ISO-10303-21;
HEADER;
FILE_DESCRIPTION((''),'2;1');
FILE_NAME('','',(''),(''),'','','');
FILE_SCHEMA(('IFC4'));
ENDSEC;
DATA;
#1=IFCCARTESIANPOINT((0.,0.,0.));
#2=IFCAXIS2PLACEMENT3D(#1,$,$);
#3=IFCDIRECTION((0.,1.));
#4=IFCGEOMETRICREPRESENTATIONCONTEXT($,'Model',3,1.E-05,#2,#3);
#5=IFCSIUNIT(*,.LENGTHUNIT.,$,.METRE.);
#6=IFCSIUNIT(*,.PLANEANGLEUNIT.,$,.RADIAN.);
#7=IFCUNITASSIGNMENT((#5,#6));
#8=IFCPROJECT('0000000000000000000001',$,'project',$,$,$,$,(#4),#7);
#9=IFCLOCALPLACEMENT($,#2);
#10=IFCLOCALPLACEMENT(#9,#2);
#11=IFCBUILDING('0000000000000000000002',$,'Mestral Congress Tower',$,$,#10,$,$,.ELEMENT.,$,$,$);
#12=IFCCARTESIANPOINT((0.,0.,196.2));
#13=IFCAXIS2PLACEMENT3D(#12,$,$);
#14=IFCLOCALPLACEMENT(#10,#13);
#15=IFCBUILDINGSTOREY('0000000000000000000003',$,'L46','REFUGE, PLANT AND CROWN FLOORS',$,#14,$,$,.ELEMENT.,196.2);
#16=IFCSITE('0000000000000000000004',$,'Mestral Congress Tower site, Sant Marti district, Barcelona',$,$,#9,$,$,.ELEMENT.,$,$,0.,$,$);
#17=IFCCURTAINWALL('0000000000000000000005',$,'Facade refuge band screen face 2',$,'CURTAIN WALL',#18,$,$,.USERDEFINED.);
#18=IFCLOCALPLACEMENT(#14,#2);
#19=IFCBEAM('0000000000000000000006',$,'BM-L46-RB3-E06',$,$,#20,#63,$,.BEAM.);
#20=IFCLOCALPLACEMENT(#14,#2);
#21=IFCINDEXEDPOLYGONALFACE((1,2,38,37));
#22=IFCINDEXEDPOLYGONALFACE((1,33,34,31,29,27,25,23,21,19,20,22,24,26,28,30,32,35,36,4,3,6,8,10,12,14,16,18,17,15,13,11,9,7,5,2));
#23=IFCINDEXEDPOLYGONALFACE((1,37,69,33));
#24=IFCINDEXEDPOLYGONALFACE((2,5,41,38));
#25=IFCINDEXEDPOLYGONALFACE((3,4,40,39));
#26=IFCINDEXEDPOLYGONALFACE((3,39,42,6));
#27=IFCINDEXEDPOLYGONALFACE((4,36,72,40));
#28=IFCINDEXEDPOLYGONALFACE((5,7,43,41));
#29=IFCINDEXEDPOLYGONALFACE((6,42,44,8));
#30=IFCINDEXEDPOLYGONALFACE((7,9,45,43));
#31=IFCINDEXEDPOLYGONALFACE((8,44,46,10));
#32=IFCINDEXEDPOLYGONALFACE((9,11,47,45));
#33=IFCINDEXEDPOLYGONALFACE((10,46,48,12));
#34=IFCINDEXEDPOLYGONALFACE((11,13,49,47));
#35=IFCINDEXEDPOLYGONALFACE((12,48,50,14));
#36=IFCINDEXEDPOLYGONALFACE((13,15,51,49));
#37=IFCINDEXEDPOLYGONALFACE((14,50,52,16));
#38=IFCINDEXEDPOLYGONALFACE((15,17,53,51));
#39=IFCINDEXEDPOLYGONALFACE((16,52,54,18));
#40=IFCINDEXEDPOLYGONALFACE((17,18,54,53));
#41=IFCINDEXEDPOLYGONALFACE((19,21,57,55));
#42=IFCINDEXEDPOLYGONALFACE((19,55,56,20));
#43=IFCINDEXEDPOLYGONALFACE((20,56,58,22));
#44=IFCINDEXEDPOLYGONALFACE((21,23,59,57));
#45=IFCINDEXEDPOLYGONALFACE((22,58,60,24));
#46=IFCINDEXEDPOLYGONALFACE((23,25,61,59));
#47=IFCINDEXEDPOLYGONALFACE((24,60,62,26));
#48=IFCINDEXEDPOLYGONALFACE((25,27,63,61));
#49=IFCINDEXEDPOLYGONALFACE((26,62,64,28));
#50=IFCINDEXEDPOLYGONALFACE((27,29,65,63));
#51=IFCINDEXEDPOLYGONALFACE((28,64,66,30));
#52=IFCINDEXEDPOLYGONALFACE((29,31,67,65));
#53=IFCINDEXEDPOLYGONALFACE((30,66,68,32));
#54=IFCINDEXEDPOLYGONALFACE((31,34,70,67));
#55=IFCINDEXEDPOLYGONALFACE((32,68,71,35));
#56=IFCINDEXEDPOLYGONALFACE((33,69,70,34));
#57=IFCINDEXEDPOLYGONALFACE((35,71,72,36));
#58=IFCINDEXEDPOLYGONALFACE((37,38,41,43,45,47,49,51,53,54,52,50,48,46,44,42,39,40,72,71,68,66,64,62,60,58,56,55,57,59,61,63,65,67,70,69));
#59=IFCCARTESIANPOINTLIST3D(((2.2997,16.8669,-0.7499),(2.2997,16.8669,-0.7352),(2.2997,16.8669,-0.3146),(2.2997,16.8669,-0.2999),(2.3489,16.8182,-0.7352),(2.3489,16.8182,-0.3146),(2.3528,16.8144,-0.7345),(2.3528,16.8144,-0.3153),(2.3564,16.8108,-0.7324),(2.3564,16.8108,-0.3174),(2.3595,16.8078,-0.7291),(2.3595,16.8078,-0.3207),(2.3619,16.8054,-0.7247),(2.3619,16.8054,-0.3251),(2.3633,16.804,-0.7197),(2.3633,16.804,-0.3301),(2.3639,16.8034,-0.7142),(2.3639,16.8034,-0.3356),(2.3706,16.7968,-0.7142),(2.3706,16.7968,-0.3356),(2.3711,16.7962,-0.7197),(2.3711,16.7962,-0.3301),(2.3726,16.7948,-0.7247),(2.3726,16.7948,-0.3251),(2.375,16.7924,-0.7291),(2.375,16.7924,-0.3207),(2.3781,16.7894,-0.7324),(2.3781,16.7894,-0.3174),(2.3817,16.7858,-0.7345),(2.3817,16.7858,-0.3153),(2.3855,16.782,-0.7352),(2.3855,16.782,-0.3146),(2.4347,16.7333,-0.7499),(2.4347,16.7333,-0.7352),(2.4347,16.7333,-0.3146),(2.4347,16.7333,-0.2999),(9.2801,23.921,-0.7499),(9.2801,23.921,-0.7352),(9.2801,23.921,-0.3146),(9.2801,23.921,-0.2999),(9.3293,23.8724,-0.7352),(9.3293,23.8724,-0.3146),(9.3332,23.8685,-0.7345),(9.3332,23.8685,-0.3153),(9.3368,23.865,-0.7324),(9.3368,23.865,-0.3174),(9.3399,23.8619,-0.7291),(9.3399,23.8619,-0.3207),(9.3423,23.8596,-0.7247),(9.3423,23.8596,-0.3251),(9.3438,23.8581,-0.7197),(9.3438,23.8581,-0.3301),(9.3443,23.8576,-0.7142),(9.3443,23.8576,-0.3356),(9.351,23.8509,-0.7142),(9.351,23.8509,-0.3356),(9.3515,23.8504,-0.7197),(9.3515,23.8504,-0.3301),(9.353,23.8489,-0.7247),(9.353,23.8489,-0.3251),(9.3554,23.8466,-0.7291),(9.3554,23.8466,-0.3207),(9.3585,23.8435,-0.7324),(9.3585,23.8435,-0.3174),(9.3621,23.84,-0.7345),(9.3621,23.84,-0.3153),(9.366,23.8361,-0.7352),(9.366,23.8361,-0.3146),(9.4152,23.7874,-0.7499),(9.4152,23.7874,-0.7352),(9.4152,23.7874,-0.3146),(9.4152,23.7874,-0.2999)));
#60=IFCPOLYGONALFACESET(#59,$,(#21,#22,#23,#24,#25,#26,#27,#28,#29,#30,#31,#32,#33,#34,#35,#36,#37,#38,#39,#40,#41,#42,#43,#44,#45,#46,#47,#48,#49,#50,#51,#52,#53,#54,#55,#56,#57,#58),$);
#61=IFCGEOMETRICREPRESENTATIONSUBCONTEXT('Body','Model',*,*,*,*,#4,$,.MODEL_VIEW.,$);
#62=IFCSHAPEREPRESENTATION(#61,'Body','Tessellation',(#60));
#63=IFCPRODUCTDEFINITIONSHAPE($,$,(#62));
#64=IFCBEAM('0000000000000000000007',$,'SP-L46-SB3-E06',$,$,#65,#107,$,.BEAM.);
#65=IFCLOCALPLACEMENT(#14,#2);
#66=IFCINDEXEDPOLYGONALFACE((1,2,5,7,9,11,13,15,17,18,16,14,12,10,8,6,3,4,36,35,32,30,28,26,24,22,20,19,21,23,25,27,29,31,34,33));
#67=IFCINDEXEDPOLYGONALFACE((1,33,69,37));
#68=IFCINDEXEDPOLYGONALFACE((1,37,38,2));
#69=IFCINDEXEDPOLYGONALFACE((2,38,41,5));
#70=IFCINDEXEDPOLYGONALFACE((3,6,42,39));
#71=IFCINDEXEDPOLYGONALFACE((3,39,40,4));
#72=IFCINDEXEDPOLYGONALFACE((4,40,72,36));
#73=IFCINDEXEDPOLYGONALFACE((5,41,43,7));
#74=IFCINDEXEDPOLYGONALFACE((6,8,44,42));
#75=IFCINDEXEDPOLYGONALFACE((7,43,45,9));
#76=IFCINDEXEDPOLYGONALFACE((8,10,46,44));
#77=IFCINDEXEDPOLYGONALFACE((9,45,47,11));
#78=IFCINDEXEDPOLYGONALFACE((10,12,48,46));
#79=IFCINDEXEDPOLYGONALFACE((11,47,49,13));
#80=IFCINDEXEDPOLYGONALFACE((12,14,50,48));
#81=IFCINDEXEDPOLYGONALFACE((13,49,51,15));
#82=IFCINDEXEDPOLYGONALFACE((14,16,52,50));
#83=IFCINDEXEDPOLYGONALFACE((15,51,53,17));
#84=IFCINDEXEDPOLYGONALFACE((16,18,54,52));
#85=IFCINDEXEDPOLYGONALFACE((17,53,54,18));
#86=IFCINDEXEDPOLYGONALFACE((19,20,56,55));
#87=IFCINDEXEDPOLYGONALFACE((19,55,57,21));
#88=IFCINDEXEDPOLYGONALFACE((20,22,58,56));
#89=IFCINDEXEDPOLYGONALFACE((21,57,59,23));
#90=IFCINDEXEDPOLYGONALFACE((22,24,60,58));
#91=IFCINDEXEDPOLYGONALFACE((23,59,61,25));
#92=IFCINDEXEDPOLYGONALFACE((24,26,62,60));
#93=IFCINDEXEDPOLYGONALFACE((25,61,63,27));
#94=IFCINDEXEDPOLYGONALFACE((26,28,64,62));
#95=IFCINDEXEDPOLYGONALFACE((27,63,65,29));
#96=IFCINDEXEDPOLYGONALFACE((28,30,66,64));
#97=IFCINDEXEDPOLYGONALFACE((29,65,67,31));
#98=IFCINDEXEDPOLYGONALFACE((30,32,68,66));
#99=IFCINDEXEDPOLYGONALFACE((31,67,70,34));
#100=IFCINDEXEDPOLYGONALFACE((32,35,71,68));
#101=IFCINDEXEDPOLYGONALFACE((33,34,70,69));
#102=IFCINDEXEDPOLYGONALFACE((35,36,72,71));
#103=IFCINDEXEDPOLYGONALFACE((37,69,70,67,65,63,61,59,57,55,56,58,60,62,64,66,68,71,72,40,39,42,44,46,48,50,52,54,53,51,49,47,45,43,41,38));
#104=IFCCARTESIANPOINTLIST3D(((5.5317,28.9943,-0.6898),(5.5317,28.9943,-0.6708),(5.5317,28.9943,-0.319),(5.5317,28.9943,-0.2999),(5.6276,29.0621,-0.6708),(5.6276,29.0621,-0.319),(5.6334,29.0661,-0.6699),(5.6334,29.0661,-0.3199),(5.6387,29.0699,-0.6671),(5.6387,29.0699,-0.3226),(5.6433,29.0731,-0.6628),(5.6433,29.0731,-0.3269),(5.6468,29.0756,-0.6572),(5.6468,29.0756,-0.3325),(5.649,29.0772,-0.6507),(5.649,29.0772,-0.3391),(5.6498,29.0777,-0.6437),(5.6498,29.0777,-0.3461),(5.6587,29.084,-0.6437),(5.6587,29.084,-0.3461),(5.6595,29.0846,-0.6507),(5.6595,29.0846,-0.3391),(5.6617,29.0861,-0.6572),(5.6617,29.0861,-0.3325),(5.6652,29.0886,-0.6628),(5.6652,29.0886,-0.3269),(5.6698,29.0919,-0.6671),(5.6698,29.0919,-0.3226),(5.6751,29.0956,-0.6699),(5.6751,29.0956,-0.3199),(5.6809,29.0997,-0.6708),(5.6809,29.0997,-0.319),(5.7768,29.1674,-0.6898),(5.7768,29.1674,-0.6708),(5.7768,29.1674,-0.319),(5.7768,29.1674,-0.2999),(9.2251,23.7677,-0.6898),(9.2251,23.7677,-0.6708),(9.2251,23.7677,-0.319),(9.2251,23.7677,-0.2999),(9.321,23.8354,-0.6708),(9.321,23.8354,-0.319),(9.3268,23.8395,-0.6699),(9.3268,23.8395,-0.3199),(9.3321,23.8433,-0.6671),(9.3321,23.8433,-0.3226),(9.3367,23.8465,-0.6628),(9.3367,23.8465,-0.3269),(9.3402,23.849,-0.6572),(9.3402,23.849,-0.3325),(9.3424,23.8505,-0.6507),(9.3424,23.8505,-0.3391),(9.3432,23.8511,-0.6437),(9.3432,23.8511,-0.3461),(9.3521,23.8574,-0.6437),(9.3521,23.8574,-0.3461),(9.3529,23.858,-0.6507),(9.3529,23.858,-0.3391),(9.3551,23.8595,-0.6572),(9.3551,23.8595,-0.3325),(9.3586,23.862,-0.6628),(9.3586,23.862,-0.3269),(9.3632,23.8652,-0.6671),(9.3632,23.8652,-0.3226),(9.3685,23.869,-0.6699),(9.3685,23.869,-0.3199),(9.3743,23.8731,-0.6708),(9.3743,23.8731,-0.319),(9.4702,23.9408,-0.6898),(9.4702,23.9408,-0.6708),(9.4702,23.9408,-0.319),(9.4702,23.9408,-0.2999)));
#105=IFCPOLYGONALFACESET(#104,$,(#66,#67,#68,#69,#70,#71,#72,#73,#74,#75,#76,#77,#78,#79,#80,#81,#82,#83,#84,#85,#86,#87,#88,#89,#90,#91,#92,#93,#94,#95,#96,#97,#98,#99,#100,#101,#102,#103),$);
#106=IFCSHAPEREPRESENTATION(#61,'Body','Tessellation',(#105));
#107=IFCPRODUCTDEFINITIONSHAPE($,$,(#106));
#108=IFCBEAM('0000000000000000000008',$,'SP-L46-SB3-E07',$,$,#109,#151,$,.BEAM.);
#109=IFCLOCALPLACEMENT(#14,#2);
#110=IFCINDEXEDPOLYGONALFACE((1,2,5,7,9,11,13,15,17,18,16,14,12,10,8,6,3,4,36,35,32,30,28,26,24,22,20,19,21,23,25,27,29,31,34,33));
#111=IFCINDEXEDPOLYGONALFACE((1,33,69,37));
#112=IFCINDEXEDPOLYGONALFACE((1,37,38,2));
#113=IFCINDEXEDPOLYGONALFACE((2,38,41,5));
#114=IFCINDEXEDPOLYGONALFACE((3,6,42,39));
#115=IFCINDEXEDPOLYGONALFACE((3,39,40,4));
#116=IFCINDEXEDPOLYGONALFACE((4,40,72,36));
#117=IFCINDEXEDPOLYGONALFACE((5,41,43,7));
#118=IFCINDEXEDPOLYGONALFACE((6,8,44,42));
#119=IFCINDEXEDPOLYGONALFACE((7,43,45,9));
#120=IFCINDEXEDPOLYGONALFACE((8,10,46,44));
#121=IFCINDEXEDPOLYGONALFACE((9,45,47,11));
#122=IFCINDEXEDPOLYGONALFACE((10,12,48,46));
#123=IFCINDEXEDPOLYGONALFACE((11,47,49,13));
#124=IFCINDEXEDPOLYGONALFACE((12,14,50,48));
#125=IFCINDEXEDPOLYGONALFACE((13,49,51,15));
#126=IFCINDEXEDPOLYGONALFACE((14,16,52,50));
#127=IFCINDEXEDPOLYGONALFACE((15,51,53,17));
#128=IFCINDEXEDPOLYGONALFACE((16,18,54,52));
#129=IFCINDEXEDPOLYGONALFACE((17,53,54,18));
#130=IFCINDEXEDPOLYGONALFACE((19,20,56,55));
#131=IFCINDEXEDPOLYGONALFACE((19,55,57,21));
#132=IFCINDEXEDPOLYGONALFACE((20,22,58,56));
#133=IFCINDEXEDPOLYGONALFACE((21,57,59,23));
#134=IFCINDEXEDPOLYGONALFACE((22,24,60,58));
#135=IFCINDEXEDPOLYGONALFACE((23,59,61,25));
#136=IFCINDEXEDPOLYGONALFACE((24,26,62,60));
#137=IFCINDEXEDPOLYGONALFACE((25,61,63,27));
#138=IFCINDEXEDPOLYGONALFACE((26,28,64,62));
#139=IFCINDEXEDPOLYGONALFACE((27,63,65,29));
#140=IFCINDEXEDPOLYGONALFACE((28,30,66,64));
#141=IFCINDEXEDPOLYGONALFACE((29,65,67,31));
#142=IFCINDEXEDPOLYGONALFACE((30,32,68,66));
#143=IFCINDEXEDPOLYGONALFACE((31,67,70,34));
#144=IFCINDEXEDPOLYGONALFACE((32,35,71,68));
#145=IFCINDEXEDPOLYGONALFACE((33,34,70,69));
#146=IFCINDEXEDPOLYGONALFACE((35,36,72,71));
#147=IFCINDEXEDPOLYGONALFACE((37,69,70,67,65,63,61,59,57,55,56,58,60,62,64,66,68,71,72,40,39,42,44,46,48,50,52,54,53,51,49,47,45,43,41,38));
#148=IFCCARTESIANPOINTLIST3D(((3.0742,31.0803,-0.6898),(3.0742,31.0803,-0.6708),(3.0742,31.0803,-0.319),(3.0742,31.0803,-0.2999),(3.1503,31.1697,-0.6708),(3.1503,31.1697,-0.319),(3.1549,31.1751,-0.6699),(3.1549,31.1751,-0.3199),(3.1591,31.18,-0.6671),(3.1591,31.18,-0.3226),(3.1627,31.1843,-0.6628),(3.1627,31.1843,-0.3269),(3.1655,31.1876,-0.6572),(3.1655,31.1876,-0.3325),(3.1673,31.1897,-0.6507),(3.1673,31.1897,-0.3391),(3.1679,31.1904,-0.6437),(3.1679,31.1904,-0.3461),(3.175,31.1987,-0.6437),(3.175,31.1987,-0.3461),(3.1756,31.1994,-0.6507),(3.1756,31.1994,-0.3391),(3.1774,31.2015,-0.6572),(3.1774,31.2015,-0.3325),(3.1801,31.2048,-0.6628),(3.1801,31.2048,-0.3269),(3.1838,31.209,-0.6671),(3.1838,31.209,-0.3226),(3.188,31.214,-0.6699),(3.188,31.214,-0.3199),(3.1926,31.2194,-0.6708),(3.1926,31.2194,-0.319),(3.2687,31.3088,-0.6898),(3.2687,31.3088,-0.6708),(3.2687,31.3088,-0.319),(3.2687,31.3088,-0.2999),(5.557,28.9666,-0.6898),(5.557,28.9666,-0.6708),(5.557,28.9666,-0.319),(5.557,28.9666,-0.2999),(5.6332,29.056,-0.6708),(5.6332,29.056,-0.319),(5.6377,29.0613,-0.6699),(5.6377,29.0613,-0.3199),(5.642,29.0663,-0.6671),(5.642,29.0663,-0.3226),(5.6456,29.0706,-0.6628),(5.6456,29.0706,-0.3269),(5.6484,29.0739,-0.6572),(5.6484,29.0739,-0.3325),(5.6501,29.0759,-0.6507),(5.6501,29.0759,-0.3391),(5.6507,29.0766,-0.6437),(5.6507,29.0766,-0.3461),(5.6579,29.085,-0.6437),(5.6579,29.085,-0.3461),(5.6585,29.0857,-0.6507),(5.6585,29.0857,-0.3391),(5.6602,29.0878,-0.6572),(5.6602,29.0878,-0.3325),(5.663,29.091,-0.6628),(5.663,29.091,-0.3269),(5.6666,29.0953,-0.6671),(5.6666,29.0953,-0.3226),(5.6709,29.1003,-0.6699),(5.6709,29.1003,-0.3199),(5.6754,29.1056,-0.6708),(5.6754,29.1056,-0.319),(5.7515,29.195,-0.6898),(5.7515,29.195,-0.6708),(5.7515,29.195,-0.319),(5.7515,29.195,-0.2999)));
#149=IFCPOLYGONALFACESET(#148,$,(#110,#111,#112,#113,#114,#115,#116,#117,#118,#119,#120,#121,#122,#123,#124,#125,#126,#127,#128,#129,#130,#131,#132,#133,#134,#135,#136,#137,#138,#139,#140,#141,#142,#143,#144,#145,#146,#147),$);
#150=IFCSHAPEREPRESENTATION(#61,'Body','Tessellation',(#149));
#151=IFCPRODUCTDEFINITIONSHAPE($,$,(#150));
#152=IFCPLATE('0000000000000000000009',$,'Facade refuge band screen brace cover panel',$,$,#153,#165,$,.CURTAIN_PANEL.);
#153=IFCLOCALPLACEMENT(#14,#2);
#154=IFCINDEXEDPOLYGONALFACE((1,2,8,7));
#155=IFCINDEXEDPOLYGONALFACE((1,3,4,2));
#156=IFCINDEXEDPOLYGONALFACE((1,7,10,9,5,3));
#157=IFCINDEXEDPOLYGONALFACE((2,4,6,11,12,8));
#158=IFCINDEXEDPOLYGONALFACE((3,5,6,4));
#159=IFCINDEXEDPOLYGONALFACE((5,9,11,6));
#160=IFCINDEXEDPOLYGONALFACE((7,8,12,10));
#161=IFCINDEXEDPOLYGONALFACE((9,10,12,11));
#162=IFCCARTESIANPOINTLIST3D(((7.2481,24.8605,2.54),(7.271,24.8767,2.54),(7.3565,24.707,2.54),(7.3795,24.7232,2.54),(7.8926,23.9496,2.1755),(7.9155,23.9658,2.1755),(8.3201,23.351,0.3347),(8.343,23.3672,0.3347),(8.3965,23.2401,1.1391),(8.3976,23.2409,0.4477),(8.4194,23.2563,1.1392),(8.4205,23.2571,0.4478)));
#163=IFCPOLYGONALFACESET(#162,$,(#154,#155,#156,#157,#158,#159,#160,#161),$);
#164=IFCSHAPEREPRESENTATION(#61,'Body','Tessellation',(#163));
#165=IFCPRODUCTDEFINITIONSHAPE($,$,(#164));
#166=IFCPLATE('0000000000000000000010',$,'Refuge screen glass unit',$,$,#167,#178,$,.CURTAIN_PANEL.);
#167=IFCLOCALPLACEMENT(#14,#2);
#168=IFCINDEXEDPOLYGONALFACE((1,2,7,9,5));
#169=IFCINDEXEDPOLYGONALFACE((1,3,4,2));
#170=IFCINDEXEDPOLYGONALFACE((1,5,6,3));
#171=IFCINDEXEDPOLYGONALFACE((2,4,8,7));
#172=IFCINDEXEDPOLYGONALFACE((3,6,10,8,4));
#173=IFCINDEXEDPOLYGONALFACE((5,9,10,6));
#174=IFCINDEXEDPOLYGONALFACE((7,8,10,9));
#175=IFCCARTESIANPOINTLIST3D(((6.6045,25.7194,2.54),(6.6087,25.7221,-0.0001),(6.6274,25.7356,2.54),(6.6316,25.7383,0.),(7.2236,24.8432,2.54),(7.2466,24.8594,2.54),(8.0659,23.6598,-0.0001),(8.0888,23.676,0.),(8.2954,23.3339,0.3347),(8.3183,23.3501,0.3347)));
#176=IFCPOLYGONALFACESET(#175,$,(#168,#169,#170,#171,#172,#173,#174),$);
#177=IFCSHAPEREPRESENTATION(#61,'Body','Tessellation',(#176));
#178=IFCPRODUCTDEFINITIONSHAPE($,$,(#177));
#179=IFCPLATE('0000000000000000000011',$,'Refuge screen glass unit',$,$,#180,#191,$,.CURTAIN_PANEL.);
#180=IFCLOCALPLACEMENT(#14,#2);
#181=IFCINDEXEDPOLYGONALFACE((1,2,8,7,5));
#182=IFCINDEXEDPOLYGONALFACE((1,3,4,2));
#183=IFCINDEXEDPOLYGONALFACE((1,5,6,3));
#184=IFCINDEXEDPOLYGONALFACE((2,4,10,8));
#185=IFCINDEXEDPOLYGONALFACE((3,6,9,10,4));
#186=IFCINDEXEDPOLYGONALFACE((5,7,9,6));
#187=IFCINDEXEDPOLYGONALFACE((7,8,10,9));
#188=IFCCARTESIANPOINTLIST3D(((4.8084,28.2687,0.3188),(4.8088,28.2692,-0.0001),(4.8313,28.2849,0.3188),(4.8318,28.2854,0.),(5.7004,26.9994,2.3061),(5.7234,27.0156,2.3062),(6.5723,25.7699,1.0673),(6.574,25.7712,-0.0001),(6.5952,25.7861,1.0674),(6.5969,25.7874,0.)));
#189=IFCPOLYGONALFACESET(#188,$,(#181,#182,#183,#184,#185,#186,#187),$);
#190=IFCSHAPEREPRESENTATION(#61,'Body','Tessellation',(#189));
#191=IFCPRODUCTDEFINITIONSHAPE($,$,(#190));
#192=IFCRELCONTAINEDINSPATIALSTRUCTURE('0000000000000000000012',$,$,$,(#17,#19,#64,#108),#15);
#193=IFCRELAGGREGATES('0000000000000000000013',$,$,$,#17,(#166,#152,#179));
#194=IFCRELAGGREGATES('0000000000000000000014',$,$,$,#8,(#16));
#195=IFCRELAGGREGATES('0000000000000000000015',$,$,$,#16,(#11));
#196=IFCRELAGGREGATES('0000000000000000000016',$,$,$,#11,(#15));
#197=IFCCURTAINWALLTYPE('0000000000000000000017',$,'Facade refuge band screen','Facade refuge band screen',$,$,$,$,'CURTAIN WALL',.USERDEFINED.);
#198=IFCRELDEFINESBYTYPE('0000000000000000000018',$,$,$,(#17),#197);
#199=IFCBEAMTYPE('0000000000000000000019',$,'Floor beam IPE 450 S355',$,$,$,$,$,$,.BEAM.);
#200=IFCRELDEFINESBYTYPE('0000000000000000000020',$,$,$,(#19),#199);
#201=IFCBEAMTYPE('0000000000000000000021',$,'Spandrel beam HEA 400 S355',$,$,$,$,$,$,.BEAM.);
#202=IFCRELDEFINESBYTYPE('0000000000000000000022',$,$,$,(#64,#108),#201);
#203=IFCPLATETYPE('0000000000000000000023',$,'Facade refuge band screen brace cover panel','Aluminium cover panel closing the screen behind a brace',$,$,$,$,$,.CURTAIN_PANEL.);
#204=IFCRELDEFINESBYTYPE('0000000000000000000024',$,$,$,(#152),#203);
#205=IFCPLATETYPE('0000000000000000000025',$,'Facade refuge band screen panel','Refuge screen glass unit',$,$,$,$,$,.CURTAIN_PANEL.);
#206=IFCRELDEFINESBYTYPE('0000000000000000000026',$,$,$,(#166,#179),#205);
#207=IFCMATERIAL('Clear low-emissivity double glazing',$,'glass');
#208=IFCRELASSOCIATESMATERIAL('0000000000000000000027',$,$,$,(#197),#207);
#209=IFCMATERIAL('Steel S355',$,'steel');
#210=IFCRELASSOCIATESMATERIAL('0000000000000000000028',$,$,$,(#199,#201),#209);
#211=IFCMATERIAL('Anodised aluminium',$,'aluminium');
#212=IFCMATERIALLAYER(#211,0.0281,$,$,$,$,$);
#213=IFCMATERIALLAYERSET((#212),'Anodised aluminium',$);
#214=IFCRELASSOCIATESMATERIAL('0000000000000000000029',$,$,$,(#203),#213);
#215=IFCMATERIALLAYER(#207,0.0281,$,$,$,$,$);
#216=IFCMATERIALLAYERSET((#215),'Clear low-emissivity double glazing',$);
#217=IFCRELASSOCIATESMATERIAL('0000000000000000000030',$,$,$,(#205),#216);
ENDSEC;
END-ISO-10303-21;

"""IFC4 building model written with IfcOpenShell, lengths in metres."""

from ifc_helpers import new_model, si_unit, direction, frame, origin, origin_2d, place, context, subcontext, project, spatial, polyline, i_section, outline, extrude, material, layer, layer_set, material_profile, profile_set, type_object, element, aggregate, save


model = new_model("IFC4")

# Units and contexts
model_context = context("Model", 3, precision=1e-05, world=origin(), true_north=direction((0.0, 1.0)))
body_context = subcontext(model_context, "Body", "Model", "MODEL_VIEW")
ifc_project = project(units=[si_unit("LENGTHUNIT", "METRE"), si_unit("PLANEANGLEUNIT", "RADIAN")], contexts=[model_context])

# Site, building, storey
site_placement = place(None, origin())
site = spatial("IfcSite", under=ifc_project, at=site_placement, Name="Mestral Congress Tower site, Sant Marti district, Barcelona", CompositionType="ELEMENT", RefElevation=0.0)
building_placement = place(site_placement, origin())
building = spatial("IfcBuilding", under=site, at=building_placement, Name="Mestral Congress Tower", CompositionType="ELEMENT")
storey_placement = place(building_placement, frame((0.0, 0.0, 196.2)))
storey = spatial("IfcBuildingStorey", under=building, at=storey_placement, Name="L46", Description="REFUGE, PLANT AND CROWN FLOORS", CompositionType="ELEMENT", Elevation=196.2)

# Shared definitions
ifc_material_1 = material(Name="Steel S355", Category="steel")

# Curtain wall
ifc_material_2 = material(Name="Clear low-emissivity double glazing", Category="glass")
curtain_wall_type = type_object("IfcCurtainWallType", Name="Facade refuge band screen", Description="Facade refuge band screen", ElementType="CURTAIN WALL", PredefinedType="USERDEFINED", material=ifc_material_2)
curtain_wall_placement = place(storey_placement, origin())
curtain_wall = element("IfcCurtainWall", 1, at=curtain_wall_placement, inside=storey, type_object=curtain_wall_type, Name="Facade refuge band screen face 2", ObjectType="CURTAIN WALL", PredefinedType="USERDEFINED")
ifc_material_3 = material(Name="Anodised aluminium", Category="aluminium")

# Beams
ifc_material_profile_1 = material_profile(ifc_material_1, i_section(OverallWidth=0.1899, OverallDepth=0.45, WebThickness=0.0095, FlangeThickness=0.0146, FilletRadius=0.021, at=origin_2d()), Name="IPE 450")
ifc_profile_set_1 = profile_set([ifc_material_profile_1], Name="Steel S355")
beam_type_1 = type_object("IfcBeamType", Name="Floor beam IPE 450 S355", PredefinedType="BEAM", material=ifc_profile_set_1)
beam_1_placement = place(storey_placement, frame((9.3477, 23.8542, -0.5249), z_axis=(-0.703382, -0.710812, 0.0), x_axis=(0.710812, -0.703382, 0.0)))
element("IfcBeam", 2, at=beam_1_placement, inside=storey, type_object=beam_type_1, Name="BM-L46-RB3-E06", PredefinedType="BEAM", context=body_context, shape_type="SweptSolid", body=[
    extrude(i_section(OverallWidth=0.1899, OverallDepth=0.45, WebThickness=0.0095, FlangeThickness=0.0146, FilletRadius=0.021, at=origin_2d()), origin(), (0.0, 0.0, 1.0), 9.9241),
])
ifc_material_profile_2 = material_profile(ifc_material_1, i_section(OverallWidth=0.3, OverallDepth=0.3899, WebThickness=0.011, FlangeThickness=0.019, FilletRadius=0.0271, at=origin_2d()), Name="HEA 400")
ifc_profile_set_2 = profile_set([ifc_material_profile_2], Name="Steel S355")
beam_type_2 = type_object("IfcBeamType", Name="Spandrel beam HEA 400 S355", PredefinedType="BEAM", material=ifc_profile_set_2)
beam_2_placement = place(storey_placement, frame((9.3477, 23.8542, -0.4949), z_axis=(-0.577102, 0.816672, 0.0), x_axis=(-0.816672, -0.577102, 0.0)))
element("IfcBeam", 3, at=beam_2_placement, inside=storey, type_object=beam_type_2, Name="SP-L46-SB3-E06", PredefinedType="BEAM", context=body_context, shape_type="SweptSolid", body=[
    extrude(i_section(OverallWidth=0.3, OverallDepth=0.3899, WebThickness=0.011, FlangeThickness=0.019, FilletRadius=0.0271, at=origin_2d()), origin(), (0.0, 0.0, 1.0), 6.3999),
])
beam_3_placement = place(storey_placement, frame((5.6543, 29.0808, -0.4949), z_axis=(-0.76144, 0.648235, 0.0), x_axis=(-0.648235, -0.76144, 0.0)))
element("IfcBeam", 4, at=beam_3_placement, inside=storey, type_object=beam_type_2, Name="SP-L46-SB3-E07", PredefinedType="BEAM", context=body_context, shape_type="SweptSolid", body=[
    extrude(i_section(OverallWidth=0.3, OverallDepth=0.3899, WebThickness=0.011, FlangeThickness=0.019, FilletRadius=0.0271, at=origin_2d()), origin(), (0.0, 0.0, 1.0), 3.2607),
])

# Plates
ifc_layer_1 = layer(ifc_material_3, 0.0281)
ifc_layer_set_1 = layer_set([ifc_layer_1], Name="Anodised aluminium")
plate_type_1 = type_object("IfcPlateType", Name="Facade refuge band screen brace cover panel", Description="Aluminium cover panel closing the screen behind a brace", PredefinedType="CURTAIN_PANEL", material=ifc_layer_set_1)
plate_1_placement = place(storey_placement, frame((8.343, 23.3672, 0.3347), z_axis=(0.816695, 0.577066, 0.002009), x_axis=(0.440831, -0.626126, 0.643144)))
plate_1 = element("IfcPlate", 5, at=plate_1_placement, type_object=plate_type_1, Name="Facade refuge band screen brace cover panel", PredefinedType="CURTAIN_PANEL", context=body_context, shape_type="SweptSolid", body=[
    extrude(outline(polyline([(0.0, 0.0), (0.1758, 0.0), (0.6205, -0.5294), (0.6206, -1.8827), (0.1445, -2.7586), (0.0006, -2.8795), (0.0, 0.0)])), origin(), (0.0, 0.0, -1.0), 0.0281),
])
ifc_layer_2 = layer(ifc_material_2, 0.0281)
ifc_layer_set_2 = layer_set([ifc_layer_2], Name="Clear low-emissivity double glazing")
plate_type_2 = type_object("IfcPlateType", Name="Facade refuge band screen panel", Description="Refuge screen glass unit", PredefinedType="CURTAIN_PANEL", material=ifc_layer_set_2)
plate_2_placement = place(storey_placement, frame((6.6316, 25.7383, 0.0), z_axis=(0.81668, 0.577087, 0.001955), x_axis=(0.577088, -0.816682, 0.0)))
plate_2 = element("IfcPlate", 6, at=plate_2_placement, type_object=plate_type_2, Name="Refuge screen glass unit", PredefinedType="CURTAIN_PANEL", context=body_context, shape_type="SweptSolid", body=[
    extrude(outline(polyline([(0.0, 0.0), (2.5252, 0.0), (2.9238, -0.3347), (1.0727, -2.54), (-0.0002, -2.54), (0.0, 0.0)])), origin(), (0.0, 0.0, -1.0), 0.0281),
])
plate_3_placement = place(storey_placement, frame((4.8313, 28.2849, 0.3188), z_axis=(0.816677, 0.577092, 0.001997), x_axis=(0.001419, 0.001452, -0.999998)))
plate_3 = element("IfcPlate", 7, at=plate_3_placement, type_object=plate_type_2, Name="Refuge screen glass unit", PredefinedType="CURTAIN_PANEL", context=body_context, shape_type="SweptSolid", body=[
    extrude(outline(polyline([(0.0, 0.0), (0.3188, 0.0), (0.3177, -3.0587), (-0.7497, -3.0584), (-1.9879, -1.5507), (0.0, 0.0)])), origin(), (0.0, 0.0, -1.0), 0.0281),
])

aggregate(curtain_wall, [plate_2, plate_1, plate_3])

save(model, "model.ifc")
